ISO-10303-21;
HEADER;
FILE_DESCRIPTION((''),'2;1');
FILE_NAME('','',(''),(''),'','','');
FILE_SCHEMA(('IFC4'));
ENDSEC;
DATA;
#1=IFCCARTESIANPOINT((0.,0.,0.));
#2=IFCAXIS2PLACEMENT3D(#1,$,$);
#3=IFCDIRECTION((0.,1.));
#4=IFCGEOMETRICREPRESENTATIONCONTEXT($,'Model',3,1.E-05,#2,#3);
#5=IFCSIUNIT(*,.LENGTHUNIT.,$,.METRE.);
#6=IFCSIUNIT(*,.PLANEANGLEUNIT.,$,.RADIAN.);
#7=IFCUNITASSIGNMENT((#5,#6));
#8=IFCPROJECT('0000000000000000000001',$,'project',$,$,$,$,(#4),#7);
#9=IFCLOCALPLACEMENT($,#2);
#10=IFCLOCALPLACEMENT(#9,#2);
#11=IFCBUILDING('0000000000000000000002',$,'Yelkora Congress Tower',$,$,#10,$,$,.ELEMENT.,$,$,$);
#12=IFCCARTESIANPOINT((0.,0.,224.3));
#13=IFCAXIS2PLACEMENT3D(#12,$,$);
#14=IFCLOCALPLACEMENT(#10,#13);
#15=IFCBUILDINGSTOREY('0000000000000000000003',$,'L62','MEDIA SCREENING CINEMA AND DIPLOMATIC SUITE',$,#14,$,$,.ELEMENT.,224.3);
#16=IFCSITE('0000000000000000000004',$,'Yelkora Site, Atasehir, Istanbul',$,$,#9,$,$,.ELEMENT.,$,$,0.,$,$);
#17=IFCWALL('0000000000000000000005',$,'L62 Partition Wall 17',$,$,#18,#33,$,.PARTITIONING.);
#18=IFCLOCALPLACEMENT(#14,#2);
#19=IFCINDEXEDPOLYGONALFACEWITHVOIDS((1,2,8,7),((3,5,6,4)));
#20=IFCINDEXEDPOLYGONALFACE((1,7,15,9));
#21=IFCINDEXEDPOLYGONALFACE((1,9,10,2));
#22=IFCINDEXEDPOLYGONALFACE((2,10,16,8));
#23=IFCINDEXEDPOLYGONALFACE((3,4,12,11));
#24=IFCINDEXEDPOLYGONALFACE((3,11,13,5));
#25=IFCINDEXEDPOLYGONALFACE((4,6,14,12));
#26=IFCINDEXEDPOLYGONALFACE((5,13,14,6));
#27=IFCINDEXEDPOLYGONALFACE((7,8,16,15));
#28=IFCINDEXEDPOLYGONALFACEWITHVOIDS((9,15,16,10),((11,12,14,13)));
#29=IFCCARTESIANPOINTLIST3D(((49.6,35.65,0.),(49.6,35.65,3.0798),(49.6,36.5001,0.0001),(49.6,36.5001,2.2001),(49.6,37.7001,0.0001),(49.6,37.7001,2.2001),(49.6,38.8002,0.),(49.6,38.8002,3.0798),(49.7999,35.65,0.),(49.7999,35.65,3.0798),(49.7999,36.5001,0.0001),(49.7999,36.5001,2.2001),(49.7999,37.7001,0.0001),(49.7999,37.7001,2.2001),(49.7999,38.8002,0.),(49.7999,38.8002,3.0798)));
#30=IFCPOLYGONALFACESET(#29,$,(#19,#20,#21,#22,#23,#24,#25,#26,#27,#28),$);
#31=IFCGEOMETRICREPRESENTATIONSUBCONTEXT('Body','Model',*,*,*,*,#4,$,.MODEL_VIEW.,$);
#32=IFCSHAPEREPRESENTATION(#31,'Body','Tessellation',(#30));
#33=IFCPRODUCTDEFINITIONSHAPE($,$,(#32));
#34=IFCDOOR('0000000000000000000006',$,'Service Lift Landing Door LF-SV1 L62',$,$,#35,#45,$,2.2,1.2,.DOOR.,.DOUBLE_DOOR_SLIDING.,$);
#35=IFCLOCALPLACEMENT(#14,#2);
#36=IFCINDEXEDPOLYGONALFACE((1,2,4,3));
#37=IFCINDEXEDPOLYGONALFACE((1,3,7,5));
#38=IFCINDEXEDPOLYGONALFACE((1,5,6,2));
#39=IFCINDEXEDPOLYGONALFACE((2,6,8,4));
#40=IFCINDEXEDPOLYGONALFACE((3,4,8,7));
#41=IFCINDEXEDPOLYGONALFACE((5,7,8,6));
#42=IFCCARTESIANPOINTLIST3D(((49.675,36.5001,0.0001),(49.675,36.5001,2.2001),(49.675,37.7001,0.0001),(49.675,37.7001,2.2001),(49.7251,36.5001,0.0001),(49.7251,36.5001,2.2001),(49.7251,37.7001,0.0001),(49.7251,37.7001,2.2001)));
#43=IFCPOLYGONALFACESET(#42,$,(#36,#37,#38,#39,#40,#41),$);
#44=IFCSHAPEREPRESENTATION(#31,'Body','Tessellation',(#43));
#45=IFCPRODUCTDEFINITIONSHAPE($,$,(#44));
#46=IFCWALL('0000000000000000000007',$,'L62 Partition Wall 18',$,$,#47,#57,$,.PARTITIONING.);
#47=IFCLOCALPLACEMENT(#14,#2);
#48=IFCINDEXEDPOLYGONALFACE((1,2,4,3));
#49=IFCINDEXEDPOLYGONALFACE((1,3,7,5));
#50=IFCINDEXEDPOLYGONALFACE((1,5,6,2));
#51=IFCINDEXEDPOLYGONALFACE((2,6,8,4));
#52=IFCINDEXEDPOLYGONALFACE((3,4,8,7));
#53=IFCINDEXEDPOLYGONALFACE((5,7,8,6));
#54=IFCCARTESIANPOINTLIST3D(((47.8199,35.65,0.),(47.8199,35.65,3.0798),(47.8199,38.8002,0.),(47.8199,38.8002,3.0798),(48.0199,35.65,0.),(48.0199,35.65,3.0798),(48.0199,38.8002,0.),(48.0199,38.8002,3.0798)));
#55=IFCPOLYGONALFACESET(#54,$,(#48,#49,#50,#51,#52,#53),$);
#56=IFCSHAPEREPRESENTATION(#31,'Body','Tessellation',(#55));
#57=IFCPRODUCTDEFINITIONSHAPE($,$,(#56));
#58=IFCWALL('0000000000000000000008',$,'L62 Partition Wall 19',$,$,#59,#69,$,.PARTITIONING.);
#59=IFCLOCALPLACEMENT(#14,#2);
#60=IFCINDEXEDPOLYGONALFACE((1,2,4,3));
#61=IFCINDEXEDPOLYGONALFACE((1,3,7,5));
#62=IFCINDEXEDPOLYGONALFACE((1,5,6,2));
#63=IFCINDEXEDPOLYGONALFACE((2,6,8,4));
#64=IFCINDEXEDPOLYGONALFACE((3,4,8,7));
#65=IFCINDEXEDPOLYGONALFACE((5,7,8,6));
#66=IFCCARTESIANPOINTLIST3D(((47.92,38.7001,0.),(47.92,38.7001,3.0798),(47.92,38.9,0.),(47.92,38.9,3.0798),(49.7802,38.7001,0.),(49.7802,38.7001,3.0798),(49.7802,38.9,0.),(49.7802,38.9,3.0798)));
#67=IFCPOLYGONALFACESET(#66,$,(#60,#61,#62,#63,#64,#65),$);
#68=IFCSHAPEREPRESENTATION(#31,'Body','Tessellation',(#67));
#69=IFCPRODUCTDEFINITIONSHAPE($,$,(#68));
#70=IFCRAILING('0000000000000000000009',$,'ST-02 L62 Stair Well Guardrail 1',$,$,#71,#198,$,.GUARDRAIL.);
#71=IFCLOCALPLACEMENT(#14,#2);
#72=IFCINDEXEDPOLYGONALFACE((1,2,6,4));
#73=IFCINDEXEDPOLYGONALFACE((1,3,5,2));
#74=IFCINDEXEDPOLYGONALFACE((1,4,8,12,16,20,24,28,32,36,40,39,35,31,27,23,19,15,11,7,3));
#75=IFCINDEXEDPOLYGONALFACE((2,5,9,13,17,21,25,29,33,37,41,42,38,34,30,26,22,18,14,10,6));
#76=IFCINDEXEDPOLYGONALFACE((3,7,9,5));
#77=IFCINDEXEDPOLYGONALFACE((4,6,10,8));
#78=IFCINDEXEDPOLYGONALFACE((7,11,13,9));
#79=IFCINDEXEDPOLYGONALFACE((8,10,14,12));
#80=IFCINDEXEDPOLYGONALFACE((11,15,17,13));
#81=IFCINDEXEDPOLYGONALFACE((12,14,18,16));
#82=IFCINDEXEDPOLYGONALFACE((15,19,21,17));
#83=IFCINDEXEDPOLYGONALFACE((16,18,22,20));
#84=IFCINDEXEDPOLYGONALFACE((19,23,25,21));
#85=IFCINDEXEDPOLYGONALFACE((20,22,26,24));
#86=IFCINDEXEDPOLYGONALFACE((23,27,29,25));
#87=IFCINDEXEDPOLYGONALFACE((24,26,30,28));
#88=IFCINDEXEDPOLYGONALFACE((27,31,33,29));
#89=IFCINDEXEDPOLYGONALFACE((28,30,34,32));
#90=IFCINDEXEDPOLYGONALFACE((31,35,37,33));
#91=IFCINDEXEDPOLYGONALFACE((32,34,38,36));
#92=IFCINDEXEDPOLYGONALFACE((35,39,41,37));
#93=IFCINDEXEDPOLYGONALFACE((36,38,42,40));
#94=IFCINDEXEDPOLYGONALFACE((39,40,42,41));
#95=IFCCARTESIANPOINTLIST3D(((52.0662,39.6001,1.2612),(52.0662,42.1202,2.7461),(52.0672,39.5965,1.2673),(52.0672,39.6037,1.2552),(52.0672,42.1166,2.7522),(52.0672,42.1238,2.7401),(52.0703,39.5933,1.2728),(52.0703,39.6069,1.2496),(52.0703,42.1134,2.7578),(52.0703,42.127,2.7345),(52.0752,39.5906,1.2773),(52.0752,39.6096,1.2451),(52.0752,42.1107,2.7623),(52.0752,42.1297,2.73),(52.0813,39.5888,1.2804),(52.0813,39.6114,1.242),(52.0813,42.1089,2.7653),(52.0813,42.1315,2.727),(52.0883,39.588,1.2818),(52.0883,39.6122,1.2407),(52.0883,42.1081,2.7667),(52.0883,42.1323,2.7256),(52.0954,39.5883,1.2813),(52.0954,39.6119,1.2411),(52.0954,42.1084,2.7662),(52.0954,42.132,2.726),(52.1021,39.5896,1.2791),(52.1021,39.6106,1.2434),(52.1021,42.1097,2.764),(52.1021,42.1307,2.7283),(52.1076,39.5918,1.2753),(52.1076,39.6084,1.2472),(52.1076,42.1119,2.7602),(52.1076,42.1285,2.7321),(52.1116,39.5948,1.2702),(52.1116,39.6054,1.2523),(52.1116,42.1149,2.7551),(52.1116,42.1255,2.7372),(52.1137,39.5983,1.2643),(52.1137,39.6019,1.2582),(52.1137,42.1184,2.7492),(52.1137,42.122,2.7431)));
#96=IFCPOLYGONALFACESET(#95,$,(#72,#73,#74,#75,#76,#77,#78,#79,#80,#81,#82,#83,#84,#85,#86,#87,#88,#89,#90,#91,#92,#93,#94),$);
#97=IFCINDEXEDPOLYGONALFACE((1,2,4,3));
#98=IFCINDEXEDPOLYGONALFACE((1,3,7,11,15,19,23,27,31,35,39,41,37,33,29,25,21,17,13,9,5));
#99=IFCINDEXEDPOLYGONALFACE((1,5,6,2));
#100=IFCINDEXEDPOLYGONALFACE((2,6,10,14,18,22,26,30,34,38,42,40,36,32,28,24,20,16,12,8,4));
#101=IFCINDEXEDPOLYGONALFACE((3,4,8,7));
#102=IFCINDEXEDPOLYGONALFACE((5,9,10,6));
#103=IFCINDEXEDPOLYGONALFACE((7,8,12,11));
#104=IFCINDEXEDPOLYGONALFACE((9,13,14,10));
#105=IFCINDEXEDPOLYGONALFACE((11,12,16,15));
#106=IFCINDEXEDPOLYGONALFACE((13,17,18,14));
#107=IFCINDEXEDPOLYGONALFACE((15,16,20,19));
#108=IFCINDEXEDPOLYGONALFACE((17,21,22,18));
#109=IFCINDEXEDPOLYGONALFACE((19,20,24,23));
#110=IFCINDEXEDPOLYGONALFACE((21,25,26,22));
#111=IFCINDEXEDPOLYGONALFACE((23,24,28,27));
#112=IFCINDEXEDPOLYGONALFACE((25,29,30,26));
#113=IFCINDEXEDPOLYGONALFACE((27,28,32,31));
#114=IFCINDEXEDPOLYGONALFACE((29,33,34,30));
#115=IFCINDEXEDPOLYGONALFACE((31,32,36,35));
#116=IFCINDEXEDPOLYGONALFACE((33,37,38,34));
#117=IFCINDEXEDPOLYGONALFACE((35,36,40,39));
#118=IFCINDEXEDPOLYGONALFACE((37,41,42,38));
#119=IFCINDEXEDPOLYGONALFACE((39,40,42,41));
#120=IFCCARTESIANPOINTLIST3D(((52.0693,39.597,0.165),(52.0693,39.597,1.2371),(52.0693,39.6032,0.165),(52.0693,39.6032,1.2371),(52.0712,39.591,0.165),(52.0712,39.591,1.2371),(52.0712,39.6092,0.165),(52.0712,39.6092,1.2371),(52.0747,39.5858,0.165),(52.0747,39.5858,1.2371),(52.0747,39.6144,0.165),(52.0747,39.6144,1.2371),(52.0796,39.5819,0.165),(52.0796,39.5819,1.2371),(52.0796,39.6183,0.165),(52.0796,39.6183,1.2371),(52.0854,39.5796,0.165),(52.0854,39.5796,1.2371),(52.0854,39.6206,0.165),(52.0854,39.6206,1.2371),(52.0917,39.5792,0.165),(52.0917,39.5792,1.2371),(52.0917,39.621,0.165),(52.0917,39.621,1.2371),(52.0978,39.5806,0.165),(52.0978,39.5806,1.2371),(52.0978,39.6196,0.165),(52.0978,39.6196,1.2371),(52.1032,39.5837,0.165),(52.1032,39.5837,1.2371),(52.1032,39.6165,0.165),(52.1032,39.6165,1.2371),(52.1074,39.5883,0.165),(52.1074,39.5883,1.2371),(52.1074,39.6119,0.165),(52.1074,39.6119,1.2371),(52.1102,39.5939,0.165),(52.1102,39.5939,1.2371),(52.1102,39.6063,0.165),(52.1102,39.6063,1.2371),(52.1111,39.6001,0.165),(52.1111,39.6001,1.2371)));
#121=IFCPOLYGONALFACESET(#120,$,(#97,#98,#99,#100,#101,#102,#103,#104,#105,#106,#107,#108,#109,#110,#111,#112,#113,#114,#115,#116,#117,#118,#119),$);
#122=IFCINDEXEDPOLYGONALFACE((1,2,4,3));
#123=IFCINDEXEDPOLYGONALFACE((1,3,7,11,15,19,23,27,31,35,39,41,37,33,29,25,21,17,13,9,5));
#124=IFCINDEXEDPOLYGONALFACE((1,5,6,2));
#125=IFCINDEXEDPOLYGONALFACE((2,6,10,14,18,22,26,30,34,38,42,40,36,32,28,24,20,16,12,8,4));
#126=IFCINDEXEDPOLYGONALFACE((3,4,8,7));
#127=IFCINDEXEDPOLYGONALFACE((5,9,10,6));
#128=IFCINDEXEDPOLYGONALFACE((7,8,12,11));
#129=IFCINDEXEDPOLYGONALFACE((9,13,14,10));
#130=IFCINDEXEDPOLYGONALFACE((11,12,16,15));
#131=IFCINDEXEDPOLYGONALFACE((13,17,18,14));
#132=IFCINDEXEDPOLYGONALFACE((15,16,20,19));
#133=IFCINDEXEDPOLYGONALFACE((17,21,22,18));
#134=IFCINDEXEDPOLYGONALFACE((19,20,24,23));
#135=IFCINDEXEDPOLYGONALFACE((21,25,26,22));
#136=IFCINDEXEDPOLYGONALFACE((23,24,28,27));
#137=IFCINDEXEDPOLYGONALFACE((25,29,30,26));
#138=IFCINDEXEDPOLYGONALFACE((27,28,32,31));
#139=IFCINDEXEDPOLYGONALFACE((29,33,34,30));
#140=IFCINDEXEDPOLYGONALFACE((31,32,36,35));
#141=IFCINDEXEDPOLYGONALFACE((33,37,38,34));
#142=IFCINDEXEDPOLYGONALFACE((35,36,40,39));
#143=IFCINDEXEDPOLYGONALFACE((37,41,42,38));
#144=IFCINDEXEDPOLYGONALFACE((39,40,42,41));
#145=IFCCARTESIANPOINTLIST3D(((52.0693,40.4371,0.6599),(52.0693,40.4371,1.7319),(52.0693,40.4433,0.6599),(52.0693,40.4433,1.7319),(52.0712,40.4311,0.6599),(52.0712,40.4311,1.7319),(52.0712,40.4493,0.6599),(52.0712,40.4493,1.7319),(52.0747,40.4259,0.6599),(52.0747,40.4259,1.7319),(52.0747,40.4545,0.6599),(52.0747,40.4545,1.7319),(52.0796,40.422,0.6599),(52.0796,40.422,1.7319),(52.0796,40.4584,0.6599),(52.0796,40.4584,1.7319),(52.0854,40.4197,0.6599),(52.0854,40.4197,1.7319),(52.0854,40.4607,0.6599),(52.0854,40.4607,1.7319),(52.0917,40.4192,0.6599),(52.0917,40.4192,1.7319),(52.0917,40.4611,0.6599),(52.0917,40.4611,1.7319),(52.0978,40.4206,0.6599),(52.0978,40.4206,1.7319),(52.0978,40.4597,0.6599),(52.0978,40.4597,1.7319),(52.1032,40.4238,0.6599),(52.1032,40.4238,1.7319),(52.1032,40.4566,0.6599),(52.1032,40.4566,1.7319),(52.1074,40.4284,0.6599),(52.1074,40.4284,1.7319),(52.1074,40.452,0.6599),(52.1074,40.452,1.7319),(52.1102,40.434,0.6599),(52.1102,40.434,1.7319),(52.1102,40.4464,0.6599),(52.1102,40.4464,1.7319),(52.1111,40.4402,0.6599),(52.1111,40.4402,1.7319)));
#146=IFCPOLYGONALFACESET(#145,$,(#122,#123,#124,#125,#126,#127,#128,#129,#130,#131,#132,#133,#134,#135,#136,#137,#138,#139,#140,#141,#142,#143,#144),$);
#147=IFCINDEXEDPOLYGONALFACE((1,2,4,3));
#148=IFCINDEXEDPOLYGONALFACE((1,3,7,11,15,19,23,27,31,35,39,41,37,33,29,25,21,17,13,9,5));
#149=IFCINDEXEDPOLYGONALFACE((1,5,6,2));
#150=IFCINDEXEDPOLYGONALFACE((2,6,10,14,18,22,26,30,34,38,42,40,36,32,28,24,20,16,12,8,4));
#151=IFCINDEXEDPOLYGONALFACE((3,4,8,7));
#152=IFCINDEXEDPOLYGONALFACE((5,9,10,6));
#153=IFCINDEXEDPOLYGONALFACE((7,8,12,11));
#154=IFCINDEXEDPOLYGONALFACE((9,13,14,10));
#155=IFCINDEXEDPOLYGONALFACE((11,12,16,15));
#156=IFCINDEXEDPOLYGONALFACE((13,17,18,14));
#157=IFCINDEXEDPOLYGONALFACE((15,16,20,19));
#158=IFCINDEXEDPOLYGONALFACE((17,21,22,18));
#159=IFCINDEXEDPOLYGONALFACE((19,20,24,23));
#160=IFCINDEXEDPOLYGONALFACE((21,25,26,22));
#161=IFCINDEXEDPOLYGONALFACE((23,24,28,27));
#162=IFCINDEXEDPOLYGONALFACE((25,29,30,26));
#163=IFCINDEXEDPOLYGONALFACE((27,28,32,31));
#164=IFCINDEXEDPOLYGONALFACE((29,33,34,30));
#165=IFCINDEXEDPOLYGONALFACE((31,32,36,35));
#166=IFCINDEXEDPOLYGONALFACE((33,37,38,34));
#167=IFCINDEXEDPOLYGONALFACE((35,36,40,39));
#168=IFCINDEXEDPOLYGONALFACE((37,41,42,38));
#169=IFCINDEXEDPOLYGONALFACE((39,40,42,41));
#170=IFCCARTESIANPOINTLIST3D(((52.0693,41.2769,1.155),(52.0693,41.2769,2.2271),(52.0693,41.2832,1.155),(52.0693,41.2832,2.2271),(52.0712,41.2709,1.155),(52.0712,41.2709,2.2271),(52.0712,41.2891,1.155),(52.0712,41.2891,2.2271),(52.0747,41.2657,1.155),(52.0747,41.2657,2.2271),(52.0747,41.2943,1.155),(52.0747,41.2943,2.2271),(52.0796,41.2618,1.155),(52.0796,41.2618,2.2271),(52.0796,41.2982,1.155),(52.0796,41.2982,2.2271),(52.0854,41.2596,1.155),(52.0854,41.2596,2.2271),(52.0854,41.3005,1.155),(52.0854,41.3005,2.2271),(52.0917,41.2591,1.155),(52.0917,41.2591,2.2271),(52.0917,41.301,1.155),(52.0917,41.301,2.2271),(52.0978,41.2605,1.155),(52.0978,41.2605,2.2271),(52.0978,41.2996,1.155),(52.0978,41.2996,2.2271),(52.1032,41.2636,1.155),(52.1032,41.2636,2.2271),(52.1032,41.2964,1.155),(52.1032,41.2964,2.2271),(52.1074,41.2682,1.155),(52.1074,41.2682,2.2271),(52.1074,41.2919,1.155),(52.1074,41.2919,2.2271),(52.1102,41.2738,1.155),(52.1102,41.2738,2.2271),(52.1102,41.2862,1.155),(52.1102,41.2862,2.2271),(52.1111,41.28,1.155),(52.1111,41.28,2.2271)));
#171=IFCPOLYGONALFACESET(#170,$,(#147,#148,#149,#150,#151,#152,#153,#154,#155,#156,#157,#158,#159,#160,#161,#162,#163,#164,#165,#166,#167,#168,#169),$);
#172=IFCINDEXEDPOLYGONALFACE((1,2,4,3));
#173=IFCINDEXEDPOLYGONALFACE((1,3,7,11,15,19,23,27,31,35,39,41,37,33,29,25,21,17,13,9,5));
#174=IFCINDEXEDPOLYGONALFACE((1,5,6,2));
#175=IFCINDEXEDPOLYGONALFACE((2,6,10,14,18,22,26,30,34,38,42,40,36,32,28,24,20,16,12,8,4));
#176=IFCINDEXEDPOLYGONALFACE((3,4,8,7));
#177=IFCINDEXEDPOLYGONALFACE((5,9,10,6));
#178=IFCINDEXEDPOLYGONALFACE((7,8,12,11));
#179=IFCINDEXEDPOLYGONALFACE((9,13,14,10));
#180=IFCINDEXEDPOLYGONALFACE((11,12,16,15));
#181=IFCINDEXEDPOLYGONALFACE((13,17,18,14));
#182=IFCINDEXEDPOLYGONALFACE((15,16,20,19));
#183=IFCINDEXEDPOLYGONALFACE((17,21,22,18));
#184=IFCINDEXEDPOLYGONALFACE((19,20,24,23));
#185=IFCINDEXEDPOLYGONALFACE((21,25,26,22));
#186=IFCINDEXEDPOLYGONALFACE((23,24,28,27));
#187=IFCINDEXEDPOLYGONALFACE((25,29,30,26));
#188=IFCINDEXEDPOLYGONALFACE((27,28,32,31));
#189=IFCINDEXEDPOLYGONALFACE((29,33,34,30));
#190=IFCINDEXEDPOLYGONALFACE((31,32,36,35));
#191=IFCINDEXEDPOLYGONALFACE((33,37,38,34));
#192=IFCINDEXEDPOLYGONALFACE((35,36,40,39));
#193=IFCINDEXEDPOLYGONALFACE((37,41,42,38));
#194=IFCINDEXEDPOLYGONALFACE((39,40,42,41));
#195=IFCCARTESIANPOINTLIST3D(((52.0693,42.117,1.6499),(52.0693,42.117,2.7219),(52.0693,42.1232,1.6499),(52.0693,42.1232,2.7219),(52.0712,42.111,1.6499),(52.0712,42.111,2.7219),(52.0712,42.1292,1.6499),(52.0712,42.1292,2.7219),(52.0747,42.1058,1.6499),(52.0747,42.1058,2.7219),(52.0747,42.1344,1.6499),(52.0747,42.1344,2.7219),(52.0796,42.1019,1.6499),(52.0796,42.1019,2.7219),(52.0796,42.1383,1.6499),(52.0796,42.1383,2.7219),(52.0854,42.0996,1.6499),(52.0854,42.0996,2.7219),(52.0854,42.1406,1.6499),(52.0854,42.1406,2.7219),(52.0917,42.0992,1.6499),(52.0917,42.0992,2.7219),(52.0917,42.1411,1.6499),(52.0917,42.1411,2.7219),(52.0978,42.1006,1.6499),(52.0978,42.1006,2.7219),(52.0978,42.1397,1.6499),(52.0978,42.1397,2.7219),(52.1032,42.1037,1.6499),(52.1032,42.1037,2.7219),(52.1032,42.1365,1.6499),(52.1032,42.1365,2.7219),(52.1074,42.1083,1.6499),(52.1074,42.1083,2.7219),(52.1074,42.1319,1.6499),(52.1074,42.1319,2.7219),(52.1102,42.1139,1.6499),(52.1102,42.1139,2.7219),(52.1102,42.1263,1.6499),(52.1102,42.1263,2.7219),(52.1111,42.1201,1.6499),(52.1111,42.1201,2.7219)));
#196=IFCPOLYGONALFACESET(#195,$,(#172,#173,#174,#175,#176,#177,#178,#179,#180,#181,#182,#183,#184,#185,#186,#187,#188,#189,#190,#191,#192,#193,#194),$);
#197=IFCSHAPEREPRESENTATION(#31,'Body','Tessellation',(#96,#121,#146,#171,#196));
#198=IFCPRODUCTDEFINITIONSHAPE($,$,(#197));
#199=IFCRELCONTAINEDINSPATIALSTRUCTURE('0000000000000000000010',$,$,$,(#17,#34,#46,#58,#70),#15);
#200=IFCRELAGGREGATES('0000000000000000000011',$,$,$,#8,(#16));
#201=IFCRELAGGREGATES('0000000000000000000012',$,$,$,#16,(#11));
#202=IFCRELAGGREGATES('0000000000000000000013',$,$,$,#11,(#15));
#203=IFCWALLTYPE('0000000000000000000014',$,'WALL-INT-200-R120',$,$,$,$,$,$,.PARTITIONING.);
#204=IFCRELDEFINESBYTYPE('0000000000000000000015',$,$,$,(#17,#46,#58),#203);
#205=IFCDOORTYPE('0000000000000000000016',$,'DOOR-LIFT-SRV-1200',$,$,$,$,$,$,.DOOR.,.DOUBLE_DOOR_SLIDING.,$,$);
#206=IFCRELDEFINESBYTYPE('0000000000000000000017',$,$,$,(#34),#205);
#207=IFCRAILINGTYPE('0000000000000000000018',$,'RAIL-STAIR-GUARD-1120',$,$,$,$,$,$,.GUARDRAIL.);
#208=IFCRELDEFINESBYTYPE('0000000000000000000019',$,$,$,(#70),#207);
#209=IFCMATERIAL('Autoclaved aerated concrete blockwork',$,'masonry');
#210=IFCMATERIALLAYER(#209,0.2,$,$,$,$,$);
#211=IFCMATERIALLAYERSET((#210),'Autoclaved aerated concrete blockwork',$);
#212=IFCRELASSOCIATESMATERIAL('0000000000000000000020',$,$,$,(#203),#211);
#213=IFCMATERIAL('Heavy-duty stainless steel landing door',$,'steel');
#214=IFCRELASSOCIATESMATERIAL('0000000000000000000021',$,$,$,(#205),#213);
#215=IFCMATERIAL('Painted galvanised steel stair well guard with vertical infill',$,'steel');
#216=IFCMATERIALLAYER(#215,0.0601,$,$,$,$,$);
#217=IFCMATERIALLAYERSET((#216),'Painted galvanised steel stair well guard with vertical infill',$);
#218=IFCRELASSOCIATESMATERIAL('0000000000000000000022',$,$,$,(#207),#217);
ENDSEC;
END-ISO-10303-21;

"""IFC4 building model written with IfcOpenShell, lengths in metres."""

from ifc_helpers import new_model, si_unit, direction, frame, frame_2d, origin, origin_2d, place, context, subcontext, project, spatial, rectangle, circle, extrude, material, layer, layer_set, type_object, element, fill, save


model = new_model("IFC4")

# Units and contexts
model_context = context("Model", 3, precision=1e-05, world=origin(), true_north=direction((0.0, 1.0)))
body_context = subcontext(model_context, "Body", "Model", "MODEL_VIEW")
ifc_project = project(units=[si_unit("LENGTHUNIT", "METRE"), si_unit("PLANEANGLEUNIT", "RADIAN")], contexts=[model_context])

# Site, building, storey
site_placement = place(None, origin())
site = spatial("IfcSite", under=ifc_project, at=site_placement, Name="Yelkora Site, Atasehir, Istanbul", CompositionType="ELEMENT", RefElevation=0.0)
building_placement = place(site_placement, origin())
building = spatial("IfcBuilding", under=site, at=building_placement, Name="Yelkora Congress Tower", CompositionType="ELEMENT")
storey_placement = place(building_placement, frame((0.0, 0.0, 224.3)))
storey = spatial("IfcBuildingStorey", under=building, at=storey_placement, Name="L62", Description="MEDIA SCREENING CINEMA AND DIPLOMATIC SUITE", CompositionType="ELEMENT", Elevation=224.3)

# Wall, opening, door
ifc_material_1 = material(Name="Autoclaved aerated concrete blockwork", Category="masonry")
ifc_layer_1 = layer(ifc_material_1, 0.2)
ifc_layer_set_1 = layer_set([ifc_layer_1], Name="Autoclaved aerated concrete blockwork")
wall_type_1 = type_object("IfcWallType", Name="WALL-INT-200-R120", PredefinedType="PARTITIONING", material=ifc_layer_set_1)
wall_1_placement = place(storey_placement, frame((49.7, 35.6499, 0.0), z_axis=(0.0, 0.0, 1.0), x_axis=(0.0, 1.0, 0.0)))
wall_1 = element("IfcWall", 1, at=wall_1_placement, inside=storey, type_object=wall_type_1, Name="L62 Partition Wall 17", PredefinedType="PARTITIONING", context=body_context, shape_type="SweptSolid", body=[
    extrude(rectangle(XDim=3.1501, YDim=0.2, at=frame_2d((1.5752, 0.0))), origin(), (0.0, 0.0, 1.0), 3.0798),
])
opening_1_placement = place(wall_1_placement, frame((0.8501, 0.0, 0.0)))
opening_1 = element("IfcOpeningElement", 2, at=opening_1_placement, cuts=wall_1, PredefinedType="OPENING", context=body_context, shape_type="SweptSolid", body=[
    extrude(rectangle(XDim=1.2, YDim=2.2, at=frame_2d((0.6001, 1.1001))), frame((0.0, 0.1099, 0.0), z_axis=(0.0, -1.0, 0.0), x_axis=(1.0, 0.0, 0.0)), (0.0, 0.0, 1.0), 0.22),
])
ifc_material_2 = material(Name="Heavy-duty stainless steel landing door", Category="steel")
door_type_1 = type_object("IfcDoorType", Name="DOOR-LIFT-SRV-1200", OperationType="DOUBLE_DOOR_SLIDING", PredefinedType="DOOR", material=ifc_material_2)
door_1_placement = place(opening_1_placement, origin())
door_1 = element("IfcDoor", 3, at=door_1_placement, inside=storey, type_object=door_type_1, Name="Service Lift Landing Door LF-SV1 L62", OperationType="DOUBLE_DOOR_SLIDING", OverallHeight=2.2, OverallWidth=1.2, PredefinedType="DOOR", context=body_context, shape_type="SweptSolid", body=[
    extrude(rectangle(XDim=1.2, YDim=2.2, at=frame_2d((0.6001, 1.1001))), frame((0.0, 0.0249, 0.0), z_axis=(0.0, -1.0, 0.0), x_axis=(1.0, 0.0, 0.0)), (0.0, 0.0, 1.0), 0.05),
])
fill(opening_1, door_1)

# Walls
wall_2_placement = place(storey_placement, frame((47.9199, 35.6499, 0.0), z_axis=(0.0, 0.0, 1.0), x_axis=(0.0, 1.0, 0.0)))
element("IfcWall", 4, at=wall_2_placement, inside=storey, type_object=wall_type_1, Name="L62 Partition Wall 18", PredefinedType="PARTITIONING", context=body_context, shape_type="SweptSolid", body=[
    extrude(rectangle(XDim=3.1501, YDim=0.2, at=frame_2d((1.5752, 0.0))), origin(), (0.0, 0.0, 1.0), 3.0798),
])
wall_3_placement = place(storey_placement, frame((47.9199, 38.8, 0.0), z_axis=(0.0, 0.0, 1.0), x_axis=(1.0, 0.0, 0.0)))
element("IfcWall", 5, at=wall_3_placement, inside=storey, type_object=wall_type_1, Name="L62 Partition Wall 19", PredefinedType="PARTITIONING", context=body_context, shape_type="SweptSolid", body=[
    extrude(rectangle(XDim=1.8601, YDim=0.2, at=frame_2d((0.9302, 0.0))), origin(), (0.0, 0.0, 1.0), 3.0798),
])

# Railing
ifc_material_3 = material(Name="Painted galvanised steel stair well guard with vertical infill", Category="steel")
ifc_layer_2 = layer(ifc_material_3, 0.0601)
ifc_layer_set_2 = layer_set([ifc_layer_2], Name="Painted galvanised steel stair well guard with vertical infill")
railing_type_1 = type_object("IfcRailingType", Name="RAIL-STAIR-GUARD-1120", PredefinedType="GUARDRAIL", material=ifc_layer_set_2)
railing_1_placement = place(storey_placement, frame((52.0901, 39.6001, 0.165)))
element("IfcRailing", 6, at=railing_1_placement, inside=storey, type_object=railing_type_1, Name="ST-02 L62 Stair Well Guardrail 1", PredefinedType="GUARDRAIL", context=body_context, shape_type="SweptSolid", body=[
    extrude(circle(Radius=0.0239, at=origin_2d()), frame((0.0, 0.0, 1.0962), z_axis=(0.0, 0.861561, 0.507655), x_axis=(-1.0, 0.0, 0.0)), (0.0, 0.0, 1.0), 2.925),
    extrude(circle(Radius=0.021, at=origin_2d()), origin(), (0.0, 0.0, 1.0), 1.072),
    extrude(circle(Radius=0.021, at=origin_2d()), frame((0.0, 0.8401, 0.4949)), (0.0, 0.0, 1.0), 1.072),
    extrude(circle(Radius=0.021, at=origin_2d()), frame((0.0, 1.6799, 0.99)), (0.0, 0.0, 1.0), 1.072),
    extrude(circle(Radius=0.021, at=origin_2d()), frame((0.0, 2.52, 1.4849)), (0.0, 0.0, 1.0), 1.072),
])

save(model, "model.ifc")
